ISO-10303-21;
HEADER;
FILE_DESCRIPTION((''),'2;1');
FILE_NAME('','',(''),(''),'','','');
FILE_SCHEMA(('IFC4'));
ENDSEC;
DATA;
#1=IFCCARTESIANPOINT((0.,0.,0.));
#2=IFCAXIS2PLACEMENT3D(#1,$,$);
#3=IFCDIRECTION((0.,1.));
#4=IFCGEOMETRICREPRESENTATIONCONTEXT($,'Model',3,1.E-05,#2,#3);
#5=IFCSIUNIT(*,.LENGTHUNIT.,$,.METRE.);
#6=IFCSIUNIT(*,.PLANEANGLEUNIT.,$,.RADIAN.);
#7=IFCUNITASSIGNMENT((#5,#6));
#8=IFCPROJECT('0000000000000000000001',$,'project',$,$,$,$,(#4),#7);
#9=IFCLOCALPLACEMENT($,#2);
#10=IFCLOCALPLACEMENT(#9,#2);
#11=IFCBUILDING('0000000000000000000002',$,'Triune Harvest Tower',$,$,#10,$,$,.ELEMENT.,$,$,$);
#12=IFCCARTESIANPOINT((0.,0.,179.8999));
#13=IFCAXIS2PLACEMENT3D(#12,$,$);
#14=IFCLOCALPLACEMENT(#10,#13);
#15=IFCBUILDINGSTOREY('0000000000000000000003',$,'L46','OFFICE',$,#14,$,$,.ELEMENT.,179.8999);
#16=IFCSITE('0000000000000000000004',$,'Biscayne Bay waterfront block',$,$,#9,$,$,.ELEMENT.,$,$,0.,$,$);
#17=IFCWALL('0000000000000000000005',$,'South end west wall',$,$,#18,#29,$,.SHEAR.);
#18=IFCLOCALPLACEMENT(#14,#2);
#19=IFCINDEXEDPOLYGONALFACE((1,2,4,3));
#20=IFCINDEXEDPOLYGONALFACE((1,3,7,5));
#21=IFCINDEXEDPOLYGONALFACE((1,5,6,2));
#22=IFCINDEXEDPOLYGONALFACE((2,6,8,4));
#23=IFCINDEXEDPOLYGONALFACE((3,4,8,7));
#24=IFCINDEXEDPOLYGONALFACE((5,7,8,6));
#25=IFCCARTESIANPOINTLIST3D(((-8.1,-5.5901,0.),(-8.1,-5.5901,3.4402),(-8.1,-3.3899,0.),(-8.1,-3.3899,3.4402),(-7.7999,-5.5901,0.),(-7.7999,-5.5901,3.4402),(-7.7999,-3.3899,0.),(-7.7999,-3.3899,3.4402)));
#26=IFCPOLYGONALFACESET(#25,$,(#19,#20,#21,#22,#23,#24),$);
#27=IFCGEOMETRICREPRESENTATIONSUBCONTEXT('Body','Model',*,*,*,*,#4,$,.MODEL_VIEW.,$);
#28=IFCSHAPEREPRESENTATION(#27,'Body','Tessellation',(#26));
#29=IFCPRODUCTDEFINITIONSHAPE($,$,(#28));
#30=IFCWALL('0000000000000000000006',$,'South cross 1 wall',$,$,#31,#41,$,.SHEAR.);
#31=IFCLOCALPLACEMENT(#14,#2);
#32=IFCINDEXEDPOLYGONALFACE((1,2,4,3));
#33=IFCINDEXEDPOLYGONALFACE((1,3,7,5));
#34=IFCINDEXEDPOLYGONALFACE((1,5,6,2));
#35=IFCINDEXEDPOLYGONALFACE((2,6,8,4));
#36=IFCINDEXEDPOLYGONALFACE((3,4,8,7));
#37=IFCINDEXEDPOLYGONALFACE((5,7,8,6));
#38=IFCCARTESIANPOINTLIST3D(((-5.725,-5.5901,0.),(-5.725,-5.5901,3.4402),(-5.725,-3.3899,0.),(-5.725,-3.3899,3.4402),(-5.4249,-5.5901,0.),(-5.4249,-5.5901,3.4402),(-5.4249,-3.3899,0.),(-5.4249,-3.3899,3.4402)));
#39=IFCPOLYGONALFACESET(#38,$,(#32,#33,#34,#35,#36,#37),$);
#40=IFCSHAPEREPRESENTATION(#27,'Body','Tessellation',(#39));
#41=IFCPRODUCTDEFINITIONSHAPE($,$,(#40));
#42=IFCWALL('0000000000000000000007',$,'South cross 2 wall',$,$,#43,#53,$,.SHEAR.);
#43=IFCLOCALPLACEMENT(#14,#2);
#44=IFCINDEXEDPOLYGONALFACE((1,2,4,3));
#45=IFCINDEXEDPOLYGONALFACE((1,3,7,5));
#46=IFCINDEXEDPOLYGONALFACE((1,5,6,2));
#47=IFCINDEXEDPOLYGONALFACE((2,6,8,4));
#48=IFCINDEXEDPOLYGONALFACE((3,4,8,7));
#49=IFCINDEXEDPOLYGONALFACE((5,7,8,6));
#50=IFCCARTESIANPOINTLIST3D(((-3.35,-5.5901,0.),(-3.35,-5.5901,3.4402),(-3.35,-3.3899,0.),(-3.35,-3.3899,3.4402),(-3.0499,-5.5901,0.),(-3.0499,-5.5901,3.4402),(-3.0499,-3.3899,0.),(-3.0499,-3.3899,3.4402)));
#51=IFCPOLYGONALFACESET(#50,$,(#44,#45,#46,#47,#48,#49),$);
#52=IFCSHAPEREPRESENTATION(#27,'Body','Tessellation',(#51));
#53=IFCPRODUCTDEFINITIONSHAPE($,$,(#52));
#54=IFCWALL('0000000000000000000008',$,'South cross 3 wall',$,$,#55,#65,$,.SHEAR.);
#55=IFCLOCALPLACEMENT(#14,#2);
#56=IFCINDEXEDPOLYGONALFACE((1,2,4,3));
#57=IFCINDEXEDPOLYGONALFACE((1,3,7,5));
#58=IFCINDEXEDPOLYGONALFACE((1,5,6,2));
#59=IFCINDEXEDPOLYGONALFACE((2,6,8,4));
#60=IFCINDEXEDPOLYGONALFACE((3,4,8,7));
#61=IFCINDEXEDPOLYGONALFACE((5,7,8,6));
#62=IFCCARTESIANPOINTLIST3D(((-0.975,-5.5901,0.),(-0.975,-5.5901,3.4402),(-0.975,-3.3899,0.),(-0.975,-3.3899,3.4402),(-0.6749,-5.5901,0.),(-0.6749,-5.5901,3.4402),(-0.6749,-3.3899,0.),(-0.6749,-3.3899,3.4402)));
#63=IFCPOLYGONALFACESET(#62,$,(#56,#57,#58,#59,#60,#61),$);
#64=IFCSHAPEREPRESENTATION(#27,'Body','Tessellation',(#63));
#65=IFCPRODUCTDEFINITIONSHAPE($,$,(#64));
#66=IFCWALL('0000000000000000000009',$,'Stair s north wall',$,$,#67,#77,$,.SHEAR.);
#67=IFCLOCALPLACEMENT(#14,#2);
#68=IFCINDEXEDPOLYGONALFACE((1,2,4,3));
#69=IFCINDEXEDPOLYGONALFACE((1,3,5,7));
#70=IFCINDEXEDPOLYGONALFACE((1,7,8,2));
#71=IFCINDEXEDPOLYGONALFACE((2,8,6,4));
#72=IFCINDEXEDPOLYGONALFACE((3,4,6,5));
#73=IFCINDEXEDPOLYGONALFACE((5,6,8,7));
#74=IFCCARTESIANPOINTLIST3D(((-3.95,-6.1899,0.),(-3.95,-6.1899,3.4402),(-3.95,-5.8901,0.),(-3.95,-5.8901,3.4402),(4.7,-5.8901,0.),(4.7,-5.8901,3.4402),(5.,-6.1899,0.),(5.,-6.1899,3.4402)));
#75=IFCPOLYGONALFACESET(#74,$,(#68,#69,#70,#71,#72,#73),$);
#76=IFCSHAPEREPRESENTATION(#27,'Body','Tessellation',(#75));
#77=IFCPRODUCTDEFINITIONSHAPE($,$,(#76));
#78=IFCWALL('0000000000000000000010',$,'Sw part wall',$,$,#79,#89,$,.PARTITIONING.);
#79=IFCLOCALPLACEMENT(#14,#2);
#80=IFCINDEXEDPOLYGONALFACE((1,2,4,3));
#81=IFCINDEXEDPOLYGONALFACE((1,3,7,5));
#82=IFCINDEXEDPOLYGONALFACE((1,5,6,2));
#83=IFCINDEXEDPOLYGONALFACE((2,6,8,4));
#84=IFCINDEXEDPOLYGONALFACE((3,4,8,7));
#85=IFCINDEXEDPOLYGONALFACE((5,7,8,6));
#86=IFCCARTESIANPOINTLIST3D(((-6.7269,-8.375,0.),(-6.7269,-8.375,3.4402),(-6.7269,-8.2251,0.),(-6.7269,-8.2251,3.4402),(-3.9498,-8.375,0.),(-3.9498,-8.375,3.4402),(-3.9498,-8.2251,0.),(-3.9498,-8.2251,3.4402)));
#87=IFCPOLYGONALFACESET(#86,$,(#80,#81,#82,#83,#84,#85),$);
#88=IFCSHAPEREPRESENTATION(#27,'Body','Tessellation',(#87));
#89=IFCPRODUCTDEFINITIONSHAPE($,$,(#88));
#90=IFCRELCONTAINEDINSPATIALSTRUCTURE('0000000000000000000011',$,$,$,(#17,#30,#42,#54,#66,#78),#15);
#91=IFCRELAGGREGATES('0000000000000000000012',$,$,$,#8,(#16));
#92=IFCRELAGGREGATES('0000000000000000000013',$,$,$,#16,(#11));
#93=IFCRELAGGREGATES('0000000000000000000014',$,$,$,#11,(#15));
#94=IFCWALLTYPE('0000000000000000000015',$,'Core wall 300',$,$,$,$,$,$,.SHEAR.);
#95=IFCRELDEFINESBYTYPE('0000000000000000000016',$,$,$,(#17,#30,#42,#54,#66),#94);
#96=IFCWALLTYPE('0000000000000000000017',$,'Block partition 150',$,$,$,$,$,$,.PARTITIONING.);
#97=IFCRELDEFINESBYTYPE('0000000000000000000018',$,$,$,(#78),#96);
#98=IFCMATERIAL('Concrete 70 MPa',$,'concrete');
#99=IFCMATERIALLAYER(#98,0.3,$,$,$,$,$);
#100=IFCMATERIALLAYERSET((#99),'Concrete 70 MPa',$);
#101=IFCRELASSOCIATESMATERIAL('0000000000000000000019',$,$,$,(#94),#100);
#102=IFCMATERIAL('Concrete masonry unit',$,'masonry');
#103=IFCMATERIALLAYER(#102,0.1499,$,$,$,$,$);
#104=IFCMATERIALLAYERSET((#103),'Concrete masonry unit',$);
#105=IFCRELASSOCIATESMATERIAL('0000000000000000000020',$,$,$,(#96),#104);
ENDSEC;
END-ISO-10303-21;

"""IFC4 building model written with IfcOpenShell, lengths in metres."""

from ifc_helpers import new_model, si_unit, direction, frame, frame_2d, origin, place, context, subcontext, project, spatial, polyline, rectangle, outline, extrude, source, transform, mapped, material, layer, layer_set, type_object, element, save


model = new_model("IFC4")

# Units and contexts
model_context = context("Model", 3, precision=1e-05, world=origin(), true_north=direction((0.0, 1.0)))
body_context = subcontext(model_context, "Body", "Model", "MODEL_VIEW")
ifc_project = project(units=[si_unit("LENGTHUNIT", "METRE"), si_unit("PLANEANGLEUNIT", "RADIAN")], contexts=[model_context])

# Site, building, storey
site_placement = place(None, origin())
site = spatial("IfcSite", under=ifc_project, at=site_placement, Name="Biscayne Bay waterfront block", CompositionType="ELEMENT", RefElevation=0.0)
building_placement = place(site_placement, origin())
building = spatial("IfcBuilding", under=site, at=building_placement, Name="Triune Harvest Tower", CompositionType="ELEMENT")
storey_placement = place(building_placement, frame((0.0, 0.0, 179.8999)))
storey = spatial("IfcBuildingStorey", under=building, at=storey_placement, Name="L46", Description="OFFICE", CompositionType="ELEMENT", Elevation=179.8999)

# Shared definitions
ifc_material_1 = material(Name="Concrete 70 MPa", Category="concrete")
ifc_layer_1 = layer(ifc_material_1, 0.3)
ifc_layer_set_1 = layer_set([ifc_layer_1], Name="Concrete 70 MPa")
wall_type_1 = type_object("IfcWallType", Name="Core wall 300", PredefinedType="SHEAR", material=ifc_layer_set_1)

# Walls
shared_shape_1 = source(origin(), body_context, "Body", "SweptSolid", [
    extrude(rectangle(XDim=2.2002, YDim=0.3, at=frame_2d((1.1001, 0.0))), origin(), (0.0, 0.0, 1.0), 3.4402),
])
for number, where, z_axis, x_axis, name in (
    (1, (-7.95, -5.5901, 0.0), (0.0, 0.0, 1.0), (0.0, 1.0, 0.0), "South end west wall"),
    (2, (-5.575, -5.5901, 0.0), (0.0, 0.0, 1.0), (0.0, 1.0, 0.0), "South cross 1 wall"),
    (3, (-3.2, -5.5901, 0.0), (0.0, 0.0, 1.0), (0.0, 1.0, 0.0), "South cross 2 wall"),
    (4, (-0.825, -5.5901, 0.0), (0.0, 0.0, 1.0), (0.0, 1.0, 0.0), "South cross 3 wall"),
):
    element("IfcWall", number, at=place(storey_placement, frame(where, z_axis=z_axis, x_axis=x_axis)), inside=storey, type_object=wall_type_1, Name=name, PredefinedType="SHEAR", context=body_context, shape_type="MappedRepresentation", body=[
        mapped(shared_shape_1, transform((0.0, 0.0, 0.0), scale=1.0)),
    ])
shared_shape_2 = source(origin(), body_context, "Body", "SweptSolid", [
    extrude(outline(polyline([(0.0, -0.1499), (8.95, -0.1499), (8.6499, 0.1499), (0.0, 0.1499), (0.0, -0.1499)])), origin(), (0.0, 0.0, 1.0), 3.4402),
])
wall_1_placement = place(storey_placement, frame((-3.95, -6.04, 0.0), z_axis=(0.0, 0.0, 1.0), x_axis=(1.0, 0.0, 0.0)))
element("IfcWall", 5, at=wall_1_placement, inside=storey, type_object=wall_type_1, Name="Stair s north wall", PredefinedType="SHEAR", context=body_context, shape_type="MappedRepresentation", body=[
    mapped(shared_shape_2, transform((0.0, 0.0, 0.0), scale=1.0)),
])
ifc_material_2 = material(Name="Concrete masonry unit", Category="masonry")
ifc_layer_2 = layer(ifc_material_2, 0.1499)
ifc_layer_set_2 = layer_set([ifc_layer_2], Name="Concrete masonry unit")
wall_type_2 = type_object("IfcWallType", Name="Block partition 150", PredefinedType="PARTITIONING", material=ifc_layer_set_2)
shared_shape_3 = source(origin(), body_context, "Body", "SweptSolid", [
    extrude(rectangle(XDim=2.7771, YDim=0.1499, at=frame_2d((1.3887, 0.0))), origin(), (0.0, 0.0, 1.0), 3.4402),
])
wall_2_placement = place(storey_placement, frame((-6.7271, -8.3, 0.0), z_axis=(0.0, 0.0, 1.0), x_axis=(1.0, 0.0, 0.0)))
element("IfcWall", 6, at=wall_2_placement, inside=storey, type_object=wall_type_2, Name="Sw part wall", PredefinedType="PARTITIONING", context=body_context, shape_type="MappedRepresentation", body=[
    mapped(shared_shape_3, transform((0.0, 0.0, 0.0), scale=1.0)),
])

save(model, "model.ifc")
